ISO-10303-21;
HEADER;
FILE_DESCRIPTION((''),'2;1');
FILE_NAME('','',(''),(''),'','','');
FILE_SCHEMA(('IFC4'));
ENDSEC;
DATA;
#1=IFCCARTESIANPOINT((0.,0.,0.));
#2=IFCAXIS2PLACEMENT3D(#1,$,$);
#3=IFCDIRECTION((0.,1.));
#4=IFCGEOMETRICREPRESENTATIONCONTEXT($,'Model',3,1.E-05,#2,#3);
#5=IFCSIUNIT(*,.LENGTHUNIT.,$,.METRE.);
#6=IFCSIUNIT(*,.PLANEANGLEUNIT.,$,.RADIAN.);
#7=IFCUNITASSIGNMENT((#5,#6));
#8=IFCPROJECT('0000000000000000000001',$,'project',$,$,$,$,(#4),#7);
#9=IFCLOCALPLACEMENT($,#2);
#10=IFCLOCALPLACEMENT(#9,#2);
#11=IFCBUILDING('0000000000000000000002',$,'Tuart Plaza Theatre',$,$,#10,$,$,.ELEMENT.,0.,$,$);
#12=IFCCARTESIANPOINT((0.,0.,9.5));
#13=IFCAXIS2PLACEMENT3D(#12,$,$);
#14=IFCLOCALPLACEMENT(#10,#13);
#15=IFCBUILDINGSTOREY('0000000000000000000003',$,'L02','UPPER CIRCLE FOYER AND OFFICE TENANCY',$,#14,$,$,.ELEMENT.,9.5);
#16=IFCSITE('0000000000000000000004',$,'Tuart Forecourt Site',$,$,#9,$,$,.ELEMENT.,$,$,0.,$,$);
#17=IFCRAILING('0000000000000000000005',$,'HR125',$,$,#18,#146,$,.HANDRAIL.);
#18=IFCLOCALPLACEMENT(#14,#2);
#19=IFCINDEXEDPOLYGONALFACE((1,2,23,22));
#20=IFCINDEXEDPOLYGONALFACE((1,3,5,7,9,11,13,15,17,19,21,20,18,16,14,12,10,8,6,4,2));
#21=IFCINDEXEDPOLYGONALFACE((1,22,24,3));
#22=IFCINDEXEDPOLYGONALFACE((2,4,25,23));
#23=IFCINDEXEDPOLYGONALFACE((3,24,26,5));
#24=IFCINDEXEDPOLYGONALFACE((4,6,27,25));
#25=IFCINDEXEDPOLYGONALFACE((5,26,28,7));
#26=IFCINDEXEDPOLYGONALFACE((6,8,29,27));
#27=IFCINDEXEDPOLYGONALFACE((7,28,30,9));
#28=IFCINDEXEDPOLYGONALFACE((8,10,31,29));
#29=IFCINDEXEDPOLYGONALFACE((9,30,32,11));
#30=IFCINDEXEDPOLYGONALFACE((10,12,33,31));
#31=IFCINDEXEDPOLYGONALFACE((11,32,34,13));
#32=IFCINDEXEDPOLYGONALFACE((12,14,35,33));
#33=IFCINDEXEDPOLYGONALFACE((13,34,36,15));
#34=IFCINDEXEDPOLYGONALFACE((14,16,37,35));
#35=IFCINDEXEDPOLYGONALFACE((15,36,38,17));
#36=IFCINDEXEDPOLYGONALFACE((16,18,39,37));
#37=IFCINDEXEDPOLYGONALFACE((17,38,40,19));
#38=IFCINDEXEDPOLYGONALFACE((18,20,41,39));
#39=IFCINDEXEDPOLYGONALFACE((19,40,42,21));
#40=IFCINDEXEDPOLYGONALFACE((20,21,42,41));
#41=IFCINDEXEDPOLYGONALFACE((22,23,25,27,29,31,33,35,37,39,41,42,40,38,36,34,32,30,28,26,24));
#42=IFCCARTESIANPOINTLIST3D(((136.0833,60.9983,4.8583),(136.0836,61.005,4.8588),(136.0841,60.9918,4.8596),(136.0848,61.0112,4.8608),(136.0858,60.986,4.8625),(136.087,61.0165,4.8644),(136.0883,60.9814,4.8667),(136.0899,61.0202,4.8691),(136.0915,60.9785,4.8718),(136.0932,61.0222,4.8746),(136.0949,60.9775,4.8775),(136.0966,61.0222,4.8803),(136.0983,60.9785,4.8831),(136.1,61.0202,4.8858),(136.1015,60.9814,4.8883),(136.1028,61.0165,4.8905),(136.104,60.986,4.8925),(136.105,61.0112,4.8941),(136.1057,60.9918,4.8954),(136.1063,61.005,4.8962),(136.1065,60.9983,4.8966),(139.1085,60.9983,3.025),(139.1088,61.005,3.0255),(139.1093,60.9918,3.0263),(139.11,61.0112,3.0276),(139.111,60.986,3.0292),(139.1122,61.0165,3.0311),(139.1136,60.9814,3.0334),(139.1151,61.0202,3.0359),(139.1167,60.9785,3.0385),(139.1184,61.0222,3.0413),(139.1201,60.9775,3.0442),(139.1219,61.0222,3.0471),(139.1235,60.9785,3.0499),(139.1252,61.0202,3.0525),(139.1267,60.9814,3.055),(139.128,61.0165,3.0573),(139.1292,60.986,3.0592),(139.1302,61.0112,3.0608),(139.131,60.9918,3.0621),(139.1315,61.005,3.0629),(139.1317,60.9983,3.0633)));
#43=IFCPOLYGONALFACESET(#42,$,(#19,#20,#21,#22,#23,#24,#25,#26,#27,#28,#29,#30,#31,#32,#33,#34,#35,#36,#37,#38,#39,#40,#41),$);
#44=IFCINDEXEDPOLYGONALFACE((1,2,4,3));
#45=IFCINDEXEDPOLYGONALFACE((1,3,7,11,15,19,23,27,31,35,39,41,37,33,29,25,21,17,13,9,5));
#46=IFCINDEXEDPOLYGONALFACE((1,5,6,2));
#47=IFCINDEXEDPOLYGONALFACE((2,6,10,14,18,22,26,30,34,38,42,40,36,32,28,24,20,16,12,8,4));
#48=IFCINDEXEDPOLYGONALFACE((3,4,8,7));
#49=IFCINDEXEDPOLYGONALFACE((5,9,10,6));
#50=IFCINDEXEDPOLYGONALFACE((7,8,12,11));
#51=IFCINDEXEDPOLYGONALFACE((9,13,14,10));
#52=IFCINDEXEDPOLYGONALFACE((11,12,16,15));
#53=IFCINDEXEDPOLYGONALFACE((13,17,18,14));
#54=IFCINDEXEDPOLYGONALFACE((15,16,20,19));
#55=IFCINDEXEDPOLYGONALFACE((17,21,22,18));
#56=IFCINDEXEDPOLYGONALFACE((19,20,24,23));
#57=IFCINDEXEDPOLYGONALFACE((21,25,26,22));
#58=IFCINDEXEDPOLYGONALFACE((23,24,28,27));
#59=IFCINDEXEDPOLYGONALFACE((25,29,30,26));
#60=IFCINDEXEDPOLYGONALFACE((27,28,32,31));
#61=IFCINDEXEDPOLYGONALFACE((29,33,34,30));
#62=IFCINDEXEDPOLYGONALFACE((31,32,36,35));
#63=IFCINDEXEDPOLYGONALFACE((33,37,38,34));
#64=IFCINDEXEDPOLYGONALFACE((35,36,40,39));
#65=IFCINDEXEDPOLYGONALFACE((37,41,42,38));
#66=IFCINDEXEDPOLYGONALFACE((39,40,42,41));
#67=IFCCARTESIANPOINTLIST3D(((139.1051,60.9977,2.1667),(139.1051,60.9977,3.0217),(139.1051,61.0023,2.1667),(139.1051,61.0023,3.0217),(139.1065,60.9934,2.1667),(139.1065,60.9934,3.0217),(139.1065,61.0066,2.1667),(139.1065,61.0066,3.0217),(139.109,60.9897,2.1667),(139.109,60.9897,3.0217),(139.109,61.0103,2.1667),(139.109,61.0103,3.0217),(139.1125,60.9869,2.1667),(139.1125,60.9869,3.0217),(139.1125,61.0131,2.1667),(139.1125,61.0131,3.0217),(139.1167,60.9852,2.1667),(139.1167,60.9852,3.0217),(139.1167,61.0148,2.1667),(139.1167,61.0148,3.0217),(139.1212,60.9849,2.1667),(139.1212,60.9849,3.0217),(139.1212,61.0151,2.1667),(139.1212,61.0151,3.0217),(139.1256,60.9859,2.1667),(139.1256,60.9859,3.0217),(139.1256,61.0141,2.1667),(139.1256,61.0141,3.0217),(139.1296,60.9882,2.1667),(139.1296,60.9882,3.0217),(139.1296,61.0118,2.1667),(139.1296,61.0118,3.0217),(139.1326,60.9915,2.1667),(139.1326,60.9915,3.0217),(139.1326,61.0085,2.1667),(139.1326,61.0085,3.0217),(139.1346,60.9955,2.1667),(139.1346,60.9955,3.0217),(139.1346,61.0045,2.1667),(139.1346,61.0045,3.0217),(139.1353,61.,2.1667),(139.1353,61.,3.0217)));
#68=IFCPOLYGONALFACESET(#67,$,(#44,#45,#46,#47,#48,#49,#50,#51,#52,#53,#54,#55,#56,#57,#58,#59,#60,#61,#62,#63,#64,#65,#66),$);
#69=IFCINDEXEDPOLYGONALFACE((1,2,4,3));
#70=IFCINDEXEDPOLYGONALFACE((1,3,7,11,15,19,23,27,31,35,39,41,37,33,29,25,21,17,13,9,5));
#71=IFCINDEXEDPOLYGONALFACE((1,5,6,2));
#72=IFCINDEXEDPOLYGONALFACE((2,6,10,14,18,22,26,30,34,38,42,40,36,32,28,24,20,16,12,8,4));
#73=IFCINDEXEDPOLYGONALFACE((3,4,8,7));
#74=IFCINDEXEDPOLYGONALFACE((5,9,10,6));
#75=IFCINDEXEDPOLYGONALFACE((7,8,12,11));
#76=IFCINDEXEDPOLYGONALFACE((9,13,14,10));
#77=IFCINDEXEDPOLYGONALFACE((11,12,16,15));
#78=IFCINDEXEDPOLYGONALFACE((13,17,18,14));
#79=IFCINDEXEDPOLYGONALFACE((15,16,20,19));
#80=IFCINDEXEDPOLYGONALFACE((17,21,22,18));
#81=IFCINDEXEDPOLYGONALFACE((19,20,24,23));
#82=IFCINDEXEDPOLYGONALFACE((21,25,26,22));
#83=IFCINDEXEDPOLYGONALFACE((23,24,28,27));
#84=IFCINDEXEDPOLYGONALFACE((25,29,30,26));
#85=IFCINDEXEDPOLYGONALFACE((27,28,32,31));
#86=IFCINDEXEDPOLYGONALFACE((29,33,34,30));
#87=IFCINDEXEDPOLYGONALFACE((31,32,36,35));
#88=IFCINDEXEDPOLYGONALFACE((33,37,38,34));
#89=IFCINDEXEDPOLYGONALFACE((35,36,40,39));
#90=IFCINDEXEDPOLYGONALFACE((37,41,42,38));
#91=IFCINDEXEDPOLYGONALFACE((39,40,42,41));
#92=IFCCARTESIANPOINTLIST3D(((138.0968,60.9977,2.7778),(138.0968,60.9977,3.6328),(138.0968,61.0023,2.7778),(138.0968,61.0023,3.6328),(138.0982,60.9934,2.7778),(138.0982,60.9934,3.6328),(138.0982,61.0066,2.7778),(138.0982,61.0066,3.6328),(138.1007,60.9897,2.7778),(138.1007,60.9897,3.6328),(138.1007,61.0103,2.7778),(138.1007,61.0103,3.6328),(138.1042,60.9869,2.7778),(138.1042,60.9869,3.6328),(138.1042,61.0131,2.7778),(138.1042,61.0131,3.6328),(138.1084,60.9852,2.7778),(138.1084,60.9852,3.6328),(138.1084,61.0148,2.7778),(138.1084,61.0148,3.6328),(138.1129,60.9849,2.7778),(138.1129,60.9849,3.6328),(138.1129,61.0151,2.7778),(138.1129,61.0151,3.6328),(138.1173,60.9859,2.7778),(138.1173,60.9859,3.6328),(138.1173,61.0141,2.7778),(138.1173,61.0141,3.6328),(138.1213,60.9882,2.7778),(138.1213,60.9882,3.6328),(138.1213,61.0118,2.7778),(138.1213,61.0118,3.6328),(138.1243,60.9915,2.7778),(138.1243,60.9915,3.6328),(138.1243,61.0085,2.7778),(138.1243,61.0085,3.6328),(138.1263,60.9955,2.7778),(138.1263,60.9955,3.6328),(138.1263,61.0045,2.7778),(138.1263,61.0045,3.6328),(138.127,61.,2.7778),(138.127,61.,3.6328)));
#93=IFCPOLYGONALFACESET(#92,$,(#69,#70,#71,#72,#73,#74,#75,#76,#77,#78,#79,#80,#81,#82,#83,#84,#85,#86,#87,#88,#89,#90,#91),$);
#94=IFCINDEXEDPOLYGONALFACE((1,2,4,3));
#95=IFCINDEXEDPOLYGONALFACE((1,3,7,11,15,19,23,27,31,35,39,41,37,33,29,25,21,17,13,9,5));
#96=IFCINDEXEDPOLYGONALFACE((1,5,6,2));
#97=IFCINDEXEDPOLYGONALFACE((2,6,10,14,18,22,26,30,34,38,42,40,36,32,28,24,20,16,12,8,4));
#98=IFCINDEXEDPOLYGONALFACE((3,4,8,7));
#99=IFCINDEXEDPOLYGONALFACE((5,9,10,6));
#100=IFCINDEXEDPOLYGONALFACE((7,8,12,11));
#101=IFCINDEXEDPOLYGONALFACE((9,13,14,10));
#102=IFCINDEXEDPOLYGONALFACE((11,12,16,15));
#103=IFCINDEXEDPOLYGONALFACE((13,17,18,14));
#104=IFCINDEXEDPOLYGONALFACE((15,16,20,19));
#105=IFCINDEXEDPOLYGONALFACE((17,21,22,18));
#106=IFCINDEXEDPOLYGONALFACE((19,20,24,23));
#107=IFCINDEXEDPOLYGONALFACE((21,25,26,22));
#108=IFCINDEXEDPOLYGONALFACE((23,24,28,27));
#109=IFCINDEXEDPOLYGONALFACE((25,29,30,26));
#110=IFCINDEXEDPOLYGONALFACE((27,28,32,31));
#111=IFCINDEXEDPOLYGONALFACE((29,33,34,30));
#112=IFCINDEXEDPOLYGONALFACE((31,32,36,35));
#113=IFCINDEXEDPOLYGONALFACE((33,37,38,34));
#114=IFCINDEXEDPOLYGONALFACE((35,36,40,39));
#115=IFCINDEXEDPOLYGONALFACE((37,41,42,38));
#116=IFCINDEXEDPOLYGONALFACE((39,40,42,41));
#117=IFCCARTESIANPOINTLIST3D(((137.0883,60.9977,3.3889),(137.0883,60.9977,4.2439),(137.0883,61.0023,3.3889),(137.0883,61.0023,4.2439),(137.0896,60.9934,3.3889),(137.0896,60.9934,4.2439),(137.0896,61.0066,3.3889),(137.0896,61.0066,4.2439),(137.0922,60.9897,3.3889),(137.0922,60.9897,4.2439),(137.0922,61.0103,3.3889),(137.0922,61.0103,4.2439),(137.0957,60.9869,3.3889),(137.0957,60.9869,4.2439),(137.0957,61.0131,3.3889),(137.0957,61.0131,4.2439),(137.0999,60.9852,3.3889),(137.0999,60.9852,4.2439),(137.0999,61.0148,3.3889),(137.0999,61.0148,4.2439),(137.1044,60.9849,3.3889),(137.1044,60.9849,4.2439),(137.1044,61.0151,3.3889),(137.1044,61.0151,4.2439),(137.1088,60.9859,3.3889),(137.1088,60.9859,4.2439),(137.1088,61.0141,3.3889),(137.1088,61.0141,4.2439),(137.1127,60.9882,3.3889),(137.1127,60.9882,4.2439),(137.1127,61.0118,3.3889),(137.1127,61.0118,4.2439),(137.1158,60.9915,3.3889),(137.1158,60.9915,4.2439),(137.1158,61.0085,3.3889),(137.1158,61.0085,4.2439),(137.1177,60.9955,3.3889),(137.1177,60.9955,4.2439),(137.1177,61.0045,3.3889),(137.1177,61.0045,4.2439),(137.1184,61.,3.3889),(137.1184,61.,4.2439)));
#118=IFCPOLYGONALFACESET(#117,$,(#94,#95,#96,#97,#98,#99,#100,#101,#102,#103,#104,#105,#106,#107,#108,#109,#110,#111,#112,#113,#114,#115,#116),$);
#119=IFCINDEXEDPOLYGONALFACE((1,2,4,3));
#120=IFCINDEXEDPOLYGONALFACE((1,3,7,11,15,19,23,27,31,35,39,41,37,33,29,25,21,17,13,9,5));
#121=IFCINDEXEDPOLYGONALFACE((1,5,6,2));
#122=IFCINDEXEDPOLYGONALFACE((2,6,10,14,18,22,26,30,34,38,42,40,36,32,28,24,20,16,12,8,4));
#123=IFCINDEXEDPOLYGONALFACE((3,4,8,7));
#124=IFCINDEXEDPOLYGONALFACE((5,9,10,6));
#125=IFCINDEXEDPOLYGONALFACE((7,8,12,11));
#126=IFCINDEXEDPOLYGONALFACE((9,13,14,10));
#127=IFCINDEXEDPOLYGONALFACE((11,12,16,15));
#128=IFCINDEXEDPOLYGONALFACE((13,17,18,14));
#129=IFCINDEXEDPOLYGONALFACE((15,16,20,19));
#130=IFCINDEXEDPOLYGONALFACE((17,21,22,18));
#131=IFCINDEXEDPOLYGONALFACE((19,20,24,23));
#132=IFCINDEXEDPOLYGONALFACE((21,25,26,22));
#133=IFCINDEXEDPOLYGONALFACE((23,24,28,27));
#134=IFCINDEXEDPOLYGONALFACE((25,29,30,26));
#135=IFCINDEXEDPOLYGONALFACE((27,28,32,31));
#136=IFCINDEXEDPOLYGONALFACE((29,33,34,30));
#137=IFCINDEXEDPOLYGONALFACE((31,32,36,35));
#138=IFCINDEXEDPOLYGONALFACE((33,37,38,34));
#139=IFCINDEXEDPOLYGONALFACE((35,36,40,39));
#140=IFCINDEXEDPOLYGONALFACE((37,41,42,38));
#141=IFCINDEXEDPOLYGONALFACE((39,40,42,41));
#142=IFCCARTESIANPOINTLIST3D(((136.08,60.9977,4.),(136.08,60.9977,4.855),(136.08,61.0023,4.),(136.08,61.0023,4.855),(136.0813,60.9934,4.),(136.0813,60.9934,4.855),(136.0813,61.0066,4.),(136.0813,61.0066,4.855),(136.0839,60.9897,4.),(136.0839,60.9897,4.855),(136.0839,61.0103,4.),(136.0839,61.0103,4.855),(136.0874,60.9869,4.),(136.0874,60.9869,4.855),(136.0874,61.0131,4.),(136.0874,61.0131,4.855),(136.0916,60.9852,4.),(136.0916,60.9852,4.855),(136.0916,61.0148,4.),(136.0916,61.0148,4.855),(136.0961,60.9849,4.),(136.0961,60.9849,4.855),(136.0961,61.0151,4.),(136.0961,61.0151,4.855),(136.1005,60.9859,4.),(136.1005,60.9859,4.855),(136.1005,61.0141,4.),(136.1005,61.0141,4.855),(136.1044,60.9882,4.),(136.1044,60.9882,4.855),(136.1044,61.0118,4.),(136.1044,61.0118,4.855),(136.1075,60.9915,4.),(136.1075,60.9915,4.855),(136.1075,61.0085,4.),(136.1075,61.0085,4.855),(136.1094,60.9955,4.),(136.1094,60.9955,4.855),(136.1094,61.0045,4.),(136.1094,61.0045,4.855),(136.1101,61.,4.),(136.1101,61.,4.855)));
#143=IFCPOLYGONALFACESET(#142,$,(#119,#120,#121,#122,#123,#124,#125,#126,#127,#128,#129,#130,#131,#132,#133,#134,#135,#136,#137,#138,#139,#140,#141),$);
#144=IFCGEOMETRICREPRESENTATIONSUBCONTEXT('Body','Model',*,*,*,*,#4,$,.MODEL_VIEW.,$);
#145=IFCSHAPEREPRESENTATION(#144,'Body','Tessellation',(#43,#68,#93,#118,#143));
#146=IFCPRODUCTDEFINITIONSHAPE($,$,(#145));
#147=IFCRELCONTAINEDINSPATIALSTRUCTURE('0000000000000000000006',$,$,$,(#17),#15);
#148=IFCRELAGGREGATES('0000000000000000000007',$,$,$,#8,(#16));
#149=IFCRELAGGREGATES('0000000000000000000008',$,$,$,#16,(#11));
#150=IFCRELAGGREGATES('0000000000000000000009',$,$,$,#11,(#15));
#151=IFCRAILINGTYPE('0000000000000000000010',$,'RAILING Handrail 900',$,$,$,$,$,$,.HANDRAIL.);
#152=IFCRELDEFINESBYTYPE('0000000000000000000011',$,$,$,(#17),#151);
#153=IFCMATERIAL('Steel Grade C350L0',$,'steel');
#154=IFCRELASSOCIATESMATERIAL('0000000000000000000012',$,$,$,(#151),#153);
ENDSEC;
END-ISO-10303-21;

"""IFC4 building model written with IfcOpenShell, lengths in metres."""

from ifc_helpers import new_model, si_unit, direction, frame, origin, origin_2d, place, context, subcontext, project, spatial, circle, extrude, material, type_object, element, save


model = new_model("IFC4")

# Units and contexts
model_context = context("Model", 3, precision=1e-05, world=origin(), true_north=direction((0.0, 1.0)))
body_context = subcontext(model_context, "Body", "Model", "MODEL_VIEW")
ifc_project = project(units=[si_unit("LENGTHUNIT", "METRE"), si_unit("PLANEANGLEUNIT", "RADIAN")], contexts=[model_context])

# Site, building, storey
site_placement = place(None, origin())
site = spatial("IfcSite", under=ifc_project, at=site_placement, Name="Tuart Forecourt Site", CompositionType="ELEMENT", RefElevation=0.0)
building_placement = place(site_placement, origin())
building = spatial("IfcBuilding", under=site, at=building_placement, Name="Tuart Plaza Theatre", CompositionType="ELEMENT", ElevationOfRefHeight=0.0)
storey_placement = place(building_placement, frame((0.0, 0.0, 9.5)))
storey = spatial("IfcBuildingStorey", under=building, at=storey_placement, Name="L02", Description="UPPER CIRCLE FOYER AND OFFICE TENANCY", CompositionType="ELEMENT", Elevation=9.5)

# Railing
ifc_material_1 = material(Name="Steel Grade C350L0", Category="steel")
railing_type_1 = type_object("IfcRailingType", Name="RAILING Handrail 900", PredefinedType="HANDRAIL", material=ifc_material_1)
for number, where, name in (
    (1, (139.1201, 61.0, 2.1667), "HR125"),
):
    element("IfcRailing", number, at=place(storey_placement, frame(where)), inside=storey, type_object=railing_type_1, Name=name, PredefinedType="HANDRAIL", context=body_context, shape_type="SweptSolid", body=[
        extrude(circle(Radius=0.0225, at=origin_2d()), frame((0.0, 0.0, 0.8774), z_axis=(-0.855219, 0.0, 0.518267), x_axis=(0.0, -1.0, 0.0)), (0.0, 0.0, 1.0), 3.5374),
        extrude(circle(Radius=0.0151, at=origin_2d()), origin(), (0.0, 0.0, 1.0), 0.855),
        extrude(circle(Radius=0.0151, at=origin_2d()), frame((-1.0083, 0.0, 0.6111)), (0.0, 0.0, 1.0), 0.855),
        extrude(circle(Radius=0.0151, at=origin_2d()), frame((-2.0168, 0.0, 1.2222)), (0.0, 0.0, 1.0), 0.855),
        extrude(circle(Radius=0.0151, at=origin_2d()), frame((-3.0251, 0.0, 1.8333)), (0.0, 0.0, 1.0), 0.855),
    ])

save(model, "model.ifc")
